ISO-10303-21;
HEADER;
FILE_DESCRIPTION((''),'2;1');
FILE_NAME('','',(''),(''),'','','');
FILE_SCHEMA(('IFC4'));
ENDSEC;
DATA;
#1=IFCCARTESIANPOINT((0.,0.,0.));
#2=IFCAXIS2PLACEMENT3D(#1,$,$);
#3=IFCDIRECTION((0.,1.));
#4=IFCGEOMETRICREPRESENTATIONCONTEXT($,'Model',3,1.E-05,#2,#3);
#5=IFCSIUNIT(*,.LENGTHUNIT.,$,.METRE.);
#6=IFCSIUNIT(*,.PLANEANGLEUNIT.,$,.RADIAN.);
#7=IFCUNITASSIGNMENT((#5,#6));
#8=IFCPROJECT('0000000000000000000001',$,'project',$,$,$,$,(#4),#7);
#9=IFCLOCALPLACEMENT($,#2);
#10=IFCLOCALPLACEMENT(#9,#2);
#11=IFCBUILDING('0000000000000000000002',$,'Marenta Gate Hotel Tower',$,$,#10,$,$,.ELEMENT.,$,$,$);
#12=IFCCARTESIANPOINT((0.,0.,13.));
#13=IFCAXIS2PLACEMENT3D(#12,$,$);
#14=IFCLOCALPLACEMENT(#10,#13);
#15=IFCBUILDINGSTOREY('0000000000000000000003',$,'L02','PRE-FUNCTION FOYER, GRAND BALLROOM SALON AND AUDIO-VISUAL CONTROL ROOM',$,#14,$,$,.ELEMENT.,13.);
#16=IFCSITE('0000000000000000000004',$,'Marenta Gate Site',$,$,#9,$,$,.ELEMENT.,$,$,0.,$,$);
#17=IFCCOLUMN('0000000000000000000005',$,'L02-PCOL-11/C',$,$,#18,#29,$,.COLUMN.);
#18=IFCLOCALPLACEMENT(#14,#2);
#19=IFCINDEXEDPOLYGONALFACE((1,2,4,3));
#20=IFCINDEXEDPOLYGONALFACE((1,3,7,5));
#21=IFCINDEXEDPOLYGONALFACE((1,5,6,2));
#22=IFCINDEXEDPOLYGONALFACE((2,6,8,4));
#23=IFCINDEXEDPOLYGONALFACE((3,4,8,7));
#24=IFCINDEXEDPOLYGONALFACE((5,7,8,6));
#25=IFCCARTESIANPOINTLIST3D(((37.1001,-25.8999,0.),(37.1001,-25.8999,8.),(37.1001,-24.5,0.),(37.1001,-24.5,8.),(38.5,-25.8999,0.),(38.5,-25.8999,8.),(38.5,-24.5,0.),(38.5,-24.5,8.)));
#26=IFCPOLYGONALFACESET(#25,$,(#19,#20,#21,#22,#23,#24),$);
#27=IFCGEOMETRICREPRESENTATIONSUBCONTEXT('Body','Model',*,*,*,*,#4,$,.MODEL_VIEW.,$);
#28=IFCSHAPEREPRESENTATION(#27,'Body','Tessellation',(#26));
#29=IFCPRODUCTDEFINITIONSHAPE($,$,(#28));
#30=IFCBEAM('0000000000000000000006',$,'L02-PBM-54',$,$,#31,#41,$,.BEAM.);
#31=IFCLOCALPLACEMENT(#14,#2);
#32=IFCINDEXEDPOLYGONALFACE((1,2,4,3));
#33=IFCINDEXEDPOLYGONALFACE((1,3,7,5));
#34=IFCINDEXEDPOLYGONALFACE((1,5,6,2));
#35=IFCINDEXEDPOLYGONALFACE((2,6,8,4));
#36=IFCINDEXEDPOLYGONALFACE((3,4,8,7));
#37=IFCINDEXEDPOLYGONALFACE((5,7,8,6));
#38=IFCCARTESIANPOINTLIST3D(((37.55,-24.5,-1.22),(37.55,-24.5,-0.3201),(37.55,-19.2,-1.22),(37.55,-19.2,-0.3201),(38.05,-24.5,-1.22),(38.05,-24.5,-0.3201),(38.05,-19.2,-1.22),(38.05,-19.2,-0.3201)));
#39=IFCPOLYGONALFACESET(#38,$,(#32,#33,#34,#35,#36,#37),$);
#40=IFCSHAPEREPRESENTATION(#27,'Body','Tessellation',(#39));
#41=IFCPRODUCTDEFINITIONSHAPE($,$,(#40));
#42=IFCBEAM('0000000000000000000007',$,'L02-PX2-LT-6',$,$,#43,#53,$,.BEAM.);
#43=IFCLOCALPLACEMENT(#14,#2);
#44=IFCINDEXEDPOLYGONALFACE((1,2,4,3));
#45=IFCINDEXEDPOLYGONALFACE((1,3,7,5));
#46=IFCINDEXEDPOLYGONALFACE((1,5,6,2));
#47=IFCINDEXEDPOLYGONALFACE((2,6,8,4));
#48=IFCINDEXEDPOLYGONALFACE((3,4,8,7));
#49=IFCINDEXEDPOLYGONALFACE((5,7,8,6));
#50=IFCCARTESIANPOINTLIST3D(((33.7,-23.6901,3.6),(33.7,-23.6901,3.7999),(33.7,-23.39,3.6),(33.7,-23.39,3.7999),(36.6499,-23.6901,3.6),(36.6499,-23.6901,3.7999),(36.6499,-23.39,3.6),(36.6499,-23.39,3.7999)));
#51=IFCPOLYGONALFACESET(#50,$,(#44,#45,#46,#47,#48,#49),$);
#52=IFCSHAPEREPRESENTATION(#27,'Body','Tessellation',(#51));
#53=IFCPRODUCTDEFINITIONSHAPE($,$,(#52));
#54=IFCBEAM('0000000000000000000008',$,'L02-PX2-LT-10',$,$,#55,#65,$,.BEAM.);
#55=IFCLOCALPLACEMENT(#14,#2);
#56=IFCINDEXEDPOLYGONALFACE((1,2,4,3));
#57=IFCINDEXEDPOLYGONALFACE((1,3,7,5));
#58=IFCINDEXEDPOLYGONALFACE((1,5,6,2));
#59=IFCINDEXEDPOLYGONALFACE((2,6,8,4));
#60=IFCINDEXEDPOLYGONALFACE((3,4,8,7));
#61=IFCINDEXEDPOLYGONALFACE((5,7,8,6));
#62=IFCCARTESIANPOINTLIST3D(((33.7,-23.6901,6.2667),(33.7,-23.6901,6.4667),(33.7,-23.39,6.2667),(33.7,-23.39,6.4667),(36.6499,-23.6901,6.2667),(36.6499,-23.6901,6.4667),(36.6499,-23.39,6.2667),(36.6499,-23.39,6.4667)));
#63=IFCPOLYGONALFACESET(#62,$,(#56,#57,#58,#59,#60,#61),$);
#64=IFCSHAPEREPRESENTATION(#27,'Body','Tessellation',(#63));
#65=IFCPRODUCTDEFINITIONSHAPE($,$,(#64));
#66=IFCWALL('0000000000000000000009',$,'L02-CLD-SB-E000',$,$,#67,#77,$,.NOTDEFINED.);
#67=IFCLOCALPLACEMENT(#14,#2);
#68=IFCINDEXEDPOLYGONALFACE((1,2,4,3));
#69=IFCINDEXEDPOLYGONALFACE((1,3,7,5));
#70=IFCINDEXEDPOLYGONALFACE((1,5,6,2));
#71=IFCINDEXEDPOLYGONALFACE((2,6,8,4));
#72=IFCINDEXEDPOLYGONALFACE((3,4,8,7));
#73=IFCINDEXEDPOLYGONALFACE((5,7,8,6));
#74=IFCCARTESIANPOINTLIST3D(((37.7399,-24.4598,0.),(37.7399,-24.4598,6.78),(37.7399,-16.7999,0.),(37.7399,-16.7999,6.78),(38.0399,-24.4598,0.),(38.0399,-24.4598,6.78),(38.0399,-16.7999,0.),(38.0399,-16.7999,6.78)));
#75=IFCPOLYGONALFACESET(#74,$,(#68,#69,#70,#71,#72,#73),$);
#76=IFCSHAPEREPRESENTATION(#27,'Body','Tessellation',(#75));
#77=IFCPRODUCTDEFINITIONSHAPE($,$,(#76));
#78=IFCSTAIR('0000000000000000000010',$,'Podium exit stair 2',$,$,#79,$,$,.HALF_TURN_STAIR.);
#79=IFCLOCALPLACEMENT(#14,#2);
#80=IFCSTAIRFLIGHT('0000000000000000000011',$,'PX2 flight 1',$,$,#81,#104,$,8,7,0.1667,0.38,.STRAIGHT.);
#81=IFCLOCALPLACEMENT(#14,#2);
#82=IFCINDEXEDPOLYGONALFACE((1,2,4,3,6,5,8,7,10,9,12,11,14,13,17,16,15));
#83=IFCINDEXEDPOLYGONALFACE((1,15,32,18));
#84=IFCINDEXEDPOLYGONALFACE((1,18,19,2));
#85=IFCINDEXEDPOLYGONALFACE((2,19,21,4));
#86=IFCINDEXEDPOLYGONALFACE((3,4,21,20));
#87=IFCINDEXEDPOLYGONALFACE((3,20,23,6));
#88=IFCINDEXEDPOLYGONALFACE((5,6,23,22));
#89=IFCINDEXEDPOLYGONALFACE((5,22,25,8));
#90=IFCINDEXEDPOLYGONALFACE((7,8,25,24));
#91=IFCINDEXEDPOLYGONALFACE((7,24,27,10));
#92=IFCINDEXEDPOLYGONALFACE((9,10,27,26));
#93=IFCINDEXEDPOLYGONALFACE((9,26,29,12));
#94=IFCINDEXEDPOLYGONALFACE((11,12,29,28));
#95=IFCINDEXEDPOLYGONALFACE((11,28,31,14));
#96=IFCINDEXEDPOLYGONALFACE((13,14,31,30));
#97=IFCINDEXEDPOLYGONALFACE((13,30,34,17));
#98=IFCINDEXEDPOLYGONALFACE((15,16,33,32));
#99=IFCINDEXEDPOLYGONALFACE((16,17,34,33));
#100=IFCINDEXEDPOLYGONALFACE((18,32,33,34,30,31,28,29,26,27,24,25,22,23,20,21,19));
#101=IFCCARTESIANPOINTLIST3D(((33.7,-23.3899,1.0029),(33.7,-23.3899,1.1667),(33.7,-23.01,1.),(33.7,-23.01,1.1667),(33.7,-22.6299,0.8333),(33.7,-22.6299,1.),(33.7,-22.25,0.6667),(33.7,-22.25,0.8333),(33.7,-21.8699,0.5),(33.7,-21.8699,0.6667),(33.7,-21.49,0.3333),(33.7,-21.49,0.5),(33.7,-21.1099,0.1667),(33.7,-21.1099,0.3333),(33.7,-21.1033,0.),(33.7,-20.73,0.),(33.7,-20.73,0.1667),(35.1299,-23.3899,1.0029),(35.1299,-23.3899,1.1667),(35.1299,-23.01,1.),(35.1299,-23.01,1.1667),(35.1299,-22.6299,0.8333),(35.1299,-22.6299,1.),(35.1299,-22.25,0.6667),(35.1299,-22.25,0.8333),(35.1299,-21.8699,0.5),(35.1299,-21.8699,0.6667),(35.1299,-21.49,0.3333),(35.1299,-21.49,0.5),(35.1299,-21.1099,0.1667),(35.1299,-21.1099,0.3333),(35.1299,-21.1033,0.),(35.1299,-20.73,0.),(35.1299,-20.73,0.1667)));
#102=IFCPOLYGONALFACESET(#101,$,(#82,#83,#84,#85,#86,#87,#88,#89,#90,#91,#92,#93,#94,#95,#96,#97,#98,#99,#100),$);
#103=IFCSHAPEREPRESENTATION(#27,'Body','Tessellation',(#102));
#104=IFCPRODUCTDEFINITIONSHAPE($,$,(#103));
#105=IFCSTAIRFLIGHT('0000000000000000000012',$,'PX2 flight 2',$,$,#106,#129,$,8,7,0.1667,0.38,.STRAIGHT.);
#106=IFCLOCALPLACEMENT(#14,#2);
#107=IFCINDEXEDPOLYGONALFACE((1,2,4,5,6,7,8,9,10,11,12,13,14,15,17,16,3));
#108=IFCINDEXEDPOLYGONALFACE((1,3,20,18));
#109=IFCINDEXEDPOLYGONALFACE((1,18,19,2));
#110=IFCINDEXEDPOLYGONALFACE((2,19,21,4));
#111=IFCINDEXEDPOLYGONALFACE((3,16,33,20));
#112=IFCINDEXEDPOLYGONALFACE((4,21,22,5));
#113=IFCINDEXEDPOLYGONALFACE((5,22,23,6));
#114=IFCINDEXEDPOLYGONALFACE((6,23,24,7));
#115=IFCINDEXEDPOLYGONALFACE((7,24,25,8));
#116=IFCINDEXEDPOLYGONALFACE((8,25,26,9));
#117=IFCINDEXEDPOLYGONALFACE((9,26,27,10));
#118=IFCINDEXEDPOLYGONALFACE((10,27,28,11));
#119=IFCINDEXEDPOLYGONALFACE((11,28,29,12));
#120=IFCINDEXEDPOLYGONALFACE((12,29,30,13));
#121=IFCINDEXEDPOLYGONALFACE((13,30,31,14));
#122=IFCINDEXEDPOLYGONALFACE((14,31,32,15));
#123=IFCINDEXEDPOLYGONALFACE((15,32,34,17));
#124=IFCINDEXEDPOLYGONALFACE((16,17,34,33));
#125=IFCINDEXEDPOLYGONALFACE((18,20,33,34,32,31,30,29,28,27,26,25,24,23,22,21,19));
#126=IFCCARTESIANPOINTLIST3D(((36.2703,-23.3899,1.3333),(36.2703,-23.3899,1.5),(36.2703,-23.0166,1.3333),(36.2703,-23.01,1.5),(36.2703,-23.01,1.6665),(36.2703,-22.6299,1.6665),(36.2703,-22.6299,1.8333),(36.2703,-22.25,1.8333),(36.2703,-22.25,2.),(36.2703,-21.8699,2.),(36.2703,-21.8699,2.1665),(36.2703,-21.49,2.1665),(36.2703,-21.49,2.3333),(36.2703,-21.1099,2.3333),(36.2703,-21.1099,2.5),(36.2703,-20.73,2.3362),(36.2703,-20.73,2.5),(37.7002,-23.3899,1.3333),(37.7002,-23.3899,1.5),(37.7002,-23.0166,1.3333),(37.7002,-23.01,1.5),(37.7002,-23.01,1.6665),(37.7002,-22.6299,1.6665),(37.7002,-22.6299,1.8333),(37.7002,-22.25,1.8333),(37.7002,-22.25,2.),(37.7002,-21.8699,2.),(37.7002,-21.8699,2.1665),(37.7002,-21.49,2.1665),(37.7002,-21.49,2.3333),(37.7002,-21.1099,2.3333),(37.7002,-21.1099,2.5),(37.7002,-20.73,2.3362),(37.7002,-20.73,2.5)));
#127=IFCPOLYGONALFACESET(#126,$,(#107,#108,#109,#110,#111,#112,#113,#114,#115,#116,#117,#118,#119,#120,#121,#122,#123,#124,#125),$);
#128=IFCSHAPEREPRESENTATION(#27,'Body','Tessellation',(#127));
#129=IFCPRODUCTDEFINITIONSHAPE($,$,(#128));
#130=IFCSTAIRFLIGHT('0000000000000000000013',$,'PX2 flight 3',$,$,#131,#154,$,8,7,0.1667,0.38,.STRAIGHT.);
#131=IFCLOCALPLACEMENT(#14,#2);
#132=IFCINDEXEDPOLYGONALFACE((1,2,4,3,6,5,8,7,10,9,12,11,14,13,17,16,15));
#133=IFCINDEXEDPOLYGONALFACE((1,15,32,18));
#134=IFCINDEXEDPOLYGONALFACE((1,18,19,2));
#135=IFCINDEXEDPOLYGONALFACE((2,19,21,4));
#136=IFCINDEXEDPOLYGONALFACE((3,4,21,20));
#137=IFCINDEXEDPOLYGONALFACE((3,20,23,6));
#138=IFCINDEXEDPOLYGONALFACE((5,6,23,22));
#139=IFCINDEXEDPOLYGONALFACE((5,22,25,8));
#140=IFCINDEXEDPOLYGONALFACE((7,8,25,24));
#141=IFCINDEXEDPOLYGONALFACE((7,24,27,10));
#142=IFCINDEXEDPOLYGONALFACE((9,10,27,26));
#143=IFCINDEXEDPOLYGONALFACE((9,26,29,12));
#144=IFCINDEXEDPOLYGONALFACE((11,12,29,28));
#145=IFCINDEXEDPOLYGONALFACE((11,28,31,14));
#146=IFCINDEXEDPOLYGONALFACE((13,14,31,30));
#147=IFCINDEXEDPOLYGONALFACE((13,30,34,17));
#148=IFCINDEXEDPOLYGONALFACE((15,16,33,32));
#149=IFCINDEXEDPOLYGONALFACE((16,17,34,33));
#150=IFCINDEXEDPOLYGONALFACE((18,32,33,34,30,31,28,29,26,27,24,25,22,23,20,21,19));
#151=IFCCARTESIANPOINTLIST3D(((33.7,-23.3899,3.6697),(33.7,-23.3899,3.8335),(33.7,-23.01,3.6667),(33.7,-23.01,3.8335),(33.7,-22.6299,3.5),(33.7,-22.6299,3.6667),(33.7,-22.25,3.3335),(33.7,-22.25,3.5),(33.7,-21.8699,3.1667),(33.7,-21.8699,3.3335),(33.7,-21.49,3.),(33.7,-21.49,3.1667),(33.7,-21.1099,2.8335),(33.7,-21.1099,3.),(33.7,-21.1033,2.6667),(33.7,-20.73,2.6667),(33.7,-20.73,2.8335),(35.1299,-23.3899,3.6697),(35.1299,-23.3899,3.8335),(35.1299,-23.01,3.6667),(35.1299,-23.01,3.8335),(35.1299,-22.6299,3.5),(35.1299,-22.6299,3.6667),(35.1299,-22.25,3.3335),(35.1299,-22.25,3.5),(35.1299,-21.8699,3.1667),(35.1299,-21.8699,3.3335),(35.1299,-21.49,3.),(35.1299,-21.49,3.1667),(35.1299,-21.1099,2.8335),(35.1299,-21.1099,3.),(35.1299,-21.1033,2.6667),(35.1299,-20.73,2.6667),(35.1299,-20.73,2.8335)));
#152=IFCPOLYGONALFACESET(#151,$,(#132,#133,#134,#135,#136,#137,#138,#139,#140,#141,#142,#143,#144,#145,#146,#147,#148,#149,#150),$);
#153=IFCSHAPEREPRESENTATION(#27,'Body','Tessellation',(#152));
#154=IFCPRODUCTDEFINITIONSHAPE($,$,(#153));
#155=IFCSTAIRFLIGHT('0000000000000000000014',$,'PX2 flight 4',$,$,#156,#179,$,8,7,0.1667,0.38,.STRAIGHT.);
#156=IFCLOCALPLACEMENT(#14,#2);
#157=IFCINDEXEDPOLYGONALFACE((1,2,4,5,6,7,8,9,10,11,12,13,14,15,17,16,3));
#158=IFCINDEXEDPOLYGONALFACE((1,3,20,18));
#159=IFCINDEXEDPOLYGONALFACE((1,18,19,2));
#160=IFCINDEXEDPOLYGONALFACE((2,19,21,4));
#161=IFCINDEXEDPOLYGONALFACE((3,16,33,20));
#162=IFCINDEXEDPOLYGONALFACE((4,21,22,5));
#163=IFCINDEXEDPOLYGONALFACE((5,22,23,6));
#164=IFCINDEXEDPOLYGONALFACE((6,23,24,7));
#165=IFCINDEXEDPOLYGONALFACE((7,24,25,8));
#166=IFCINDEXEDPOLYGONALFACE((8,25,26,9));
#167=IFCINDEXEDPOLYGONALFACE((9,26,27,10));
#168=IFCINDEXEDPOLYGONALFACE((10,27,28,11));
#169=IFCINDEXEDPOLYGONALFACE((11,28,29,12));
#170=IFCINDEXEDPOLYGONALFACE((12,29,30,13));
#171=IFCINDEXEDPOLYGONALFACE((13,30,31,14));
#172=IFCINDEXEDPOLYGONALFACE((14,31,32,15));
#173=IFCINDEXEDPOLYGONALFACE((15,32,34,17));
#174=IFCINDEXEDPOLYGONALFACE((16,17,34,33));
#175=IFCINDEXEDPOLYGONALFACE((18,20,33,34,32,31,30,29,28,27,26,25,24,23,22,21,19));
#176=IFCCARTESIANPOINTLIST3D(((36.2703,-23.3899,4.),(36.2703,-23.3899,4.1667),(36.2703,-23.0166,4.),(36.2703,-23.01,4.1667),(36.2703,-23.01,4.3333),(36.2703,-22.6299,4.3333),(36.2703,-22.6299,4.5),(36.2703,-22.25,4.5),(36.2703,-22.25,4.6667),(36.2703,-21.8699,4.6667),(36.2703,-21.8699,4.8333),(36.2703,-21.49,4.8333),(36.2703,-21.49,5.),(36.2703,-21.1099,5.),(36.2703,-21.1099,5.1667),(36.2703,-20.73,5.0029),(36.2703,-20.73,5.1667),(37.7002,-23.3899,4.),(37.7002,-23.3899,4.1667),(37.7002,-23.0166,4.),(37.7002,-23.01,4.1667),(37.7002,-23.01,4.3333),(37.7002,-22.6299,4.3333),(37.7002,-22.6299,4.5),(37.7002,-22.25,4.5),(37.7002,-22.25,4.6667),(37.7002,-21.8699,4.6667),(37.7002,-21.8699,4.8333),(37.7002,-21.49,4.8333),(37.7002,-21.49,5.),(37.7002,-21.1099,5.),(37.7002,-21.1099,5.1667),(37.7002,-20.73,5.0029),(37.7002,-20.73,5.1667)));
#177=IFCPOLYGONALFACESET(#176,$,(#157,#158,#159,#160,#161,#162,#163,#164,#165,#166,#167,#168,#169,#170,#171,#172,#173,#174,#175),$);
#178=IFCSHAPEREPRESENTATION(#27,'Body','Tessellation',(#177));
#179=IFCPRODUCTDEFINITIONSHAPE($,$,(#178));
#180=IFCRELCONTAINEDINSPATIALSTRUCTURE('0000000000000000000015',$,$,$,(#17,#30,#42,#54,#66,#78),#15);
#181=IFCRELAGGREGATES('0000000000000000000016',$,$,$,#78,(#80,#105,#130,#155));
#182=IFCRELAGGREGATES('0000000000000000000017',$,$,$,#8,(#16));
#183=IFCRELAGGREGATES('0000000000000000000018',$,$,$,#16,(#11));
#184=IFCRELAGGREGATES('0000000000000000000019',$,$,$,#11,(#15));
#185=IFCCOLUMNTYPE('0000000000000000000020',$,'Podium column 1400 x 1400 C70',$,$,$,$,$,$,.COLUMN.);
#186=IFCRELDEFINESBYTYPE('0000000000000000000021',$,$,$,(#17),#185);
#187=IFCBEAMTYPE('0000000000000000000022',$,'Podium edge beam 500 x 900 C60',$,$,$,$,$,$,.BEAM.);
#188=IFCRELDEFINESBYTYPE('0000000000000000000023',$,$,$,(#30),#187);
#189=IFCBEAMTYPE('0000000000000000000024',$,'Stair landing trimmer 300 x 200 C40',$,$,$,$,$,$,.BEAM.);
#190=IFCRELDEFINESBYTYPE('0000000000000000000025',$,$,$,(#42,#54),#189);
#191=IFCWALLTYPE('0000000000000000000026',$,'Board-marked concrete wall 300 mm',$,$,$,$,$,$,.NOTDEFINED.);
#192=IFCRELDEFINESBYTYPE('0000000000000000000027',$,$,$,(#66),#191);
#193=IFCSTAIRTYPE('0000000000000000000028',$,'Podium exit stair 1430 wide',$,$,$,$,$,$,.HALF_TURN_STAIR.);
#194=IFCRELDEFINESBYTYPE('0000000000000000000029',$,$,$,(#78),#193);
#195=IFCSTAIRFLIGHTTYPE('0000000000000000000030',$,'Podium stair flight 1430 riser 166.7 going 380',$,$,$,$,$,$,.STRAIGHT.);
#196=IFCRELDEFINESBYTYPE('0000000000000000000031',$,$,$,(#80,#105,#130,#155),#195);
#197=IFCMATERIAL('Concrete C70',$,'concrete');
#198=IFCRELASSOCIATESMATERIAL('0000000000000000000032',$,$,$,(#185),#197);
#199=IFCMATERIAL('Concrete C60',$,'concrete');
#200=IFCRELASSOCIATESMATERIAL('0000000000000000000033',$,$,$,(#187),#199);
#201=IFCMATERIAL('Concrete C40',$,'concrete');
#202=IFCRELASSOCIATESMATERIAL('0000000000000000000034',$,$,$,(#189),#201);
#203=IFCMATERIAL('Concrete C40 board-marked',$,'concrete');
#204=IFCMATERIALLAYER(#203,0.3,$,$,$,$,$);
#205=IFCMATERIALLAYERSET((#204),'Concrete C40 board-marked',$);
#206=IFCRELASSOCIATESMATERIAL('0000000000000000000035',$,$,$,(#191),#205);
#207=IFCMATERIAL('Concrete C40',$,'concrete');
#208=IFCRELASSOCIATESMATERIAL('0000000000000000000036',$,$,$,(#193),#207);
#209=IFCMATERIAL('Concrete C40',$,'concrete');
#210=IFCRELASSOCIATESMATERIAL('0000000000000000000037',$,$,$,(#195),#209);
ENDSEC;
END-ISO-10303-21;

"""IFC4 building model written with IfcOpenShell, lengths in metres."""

from ifc_helpers import new_model, si_unit, direction, frame, frame_2d, origin, origin_2d, place, context, subcontext, project, spatial, polyline, rectangle, outline, extrude, material, layer, layer_set, material_profile, profile_set, type_object, element, aggregate, save


model = new_model("IFC4")

# Units and contexts
model_context = context("Model", 3, precision=1e-05, world=origin(), true_north=direction((0.0, 1.0)))
body_context = subcontext(model_context, "Body", "Model", "MODEL_VIEW")
ifc_project = project(units=[si_unit("LENGTHUNIT", "METRE"), si_unit("PLANEANGLEUNIT", "RADIAN")], contexts=[model_context])

# Site, building, storey
site_placement = place(None, origin())
site = spatial("IfcSite", under=ifc_project, at=site_placement, Name="Marenta Gate Site", CompositionType="ELEMENT", RefElevation=0.0)
building_placement = place(site_placement, origin())
building = spatial("IfcBuilding", under=site, at=building_placement, Name="Marenta Gate Hotel Tower", CompositionType="ELEMENT")
storey_placement = place(building_placement, frame((0.0, 0.0, 13.0)))
storey = spatial("IfcBuildingStorey", under=building, at=storey_placement, Name="L02", Description="PRE-FUNCTION FOYER, GRAND BALLROOM SALON AND AUDIO-VISUAL CONTROL ROOM", CompositionType="ELEMENT", Elevation=13.0)

# Column
ifc_material_1 = material(Name="Concrete C70", Category="concrete")
ifc_material_profile_1 = material_profile(ifc_material_1, rectangle(XDim=1.3999, YDim=1.3999, at=origin_2d()), Name="1400 x 1400")
ifc_profile_set_1 = profile_set([ifc_material_profile_1], Name="Concrete C70")
column_type = type_object("IfcColumnType", Name="Podium column 1400 x 1400 C70", PredefinedType="COLUMN", material=ifc_profile_set_1)
column_placement = place(storey_placement, frame((37.8, -25.2, 0.0), z_axis=(0.0, 0.0, 1.0), x_axis=(1.0, 0.0, 0.0)))
element("IfcColumn", 1, at=column_placement, inside=storey, type_object=column_type, Name="L02-PCOL-11/C", PredefinedType="COLUMN", context=body_context, shape_type="SweptSolid", body=[
    extrude(rectangle(XDim=1.3999, YDim=1.3999, at=origin_2d()), origin(), (0.0, 0.0, 1.0), 8.0),
])

# Beams
ifc_material_2 = material(Name="Concrete C60", Category="concrete")
ifc_material_profile_2 = material_profile(ifc_material_2, rectangle(XDim=0.5, YDim=0.8999, at=origin_2d()), Name="500 x 900")
ifc_profile_set_2 = profile_set([ifc_material_profile_2], Name="Concrete C60")
beam_type_1 = type_object("IfcBeamType", Name="Podium edge beam 500 x 900 C60", PredefinedType="BEAM", material=ifc_profile_set_2)
beam_placement = place(storey_placement, frame((37.8, -24.5, -0.77), z_axis=(0.0, 1.0, 0.0), x_axis=(-1.0, 0.0, 0.0)))
element("IfcBeam", 2, at=beam_placement, inside=storey, type_object=beam_type_1, Name="L02-PBM-54", PredefinedType="BEAM", context=body_context, shape_type="SweptSolid", body=[
    extrude(rectangle(XDim=0.5, YDim=0.8999, at=origin_2d()), origin(), (0.0, 0.0, 1.0), 5.3),
])
ifc_material_3 = material(Name="Concrete C40", Category="concrete")
ifc_material_profile_3 = material_profile(ifc_material_3, rectangle(XDim=0.3, YDim=0.2, at=origin_2d()), Name="300 x 200")
ifc_profile_set_3 = profile_set([ifc_material_profile_3], Name="Concrete C40")
beam_type_2 = type_object("IfcBeamType", Name="Stair landing trimmer 300 x 200 C40", PredefinedType="BEAM", material=ifc_profile_set_3)
for number, where, z_axis, x_axis, name in (
    (3, (33.7, -23.54, 3.7), (1.0, 0.0, 0.0), (0.0, 1.0, 0.0), "L02-PX2-LT-6"),
    (4, (33.7, -23.54, 6.3667), (1.0, 0.0, 0.0), (0.0, 1.0, 0.0), "L02-PX2-LT-10"),
):
    element("IfcBeam", number, at=place(storey_placement, frame(where, z_axis=z_axis, x_axis=x_axis)), inside=storey, type_object=beam_type_2, Name=name, PredefinedType="BEAM", context=body_context, shape_type="SweptSolid", body=[
        extrude(rectangle(XDim=0.3, YDim=0.2, at=origin_2d()), origin(), (0.0, 0.0, 1.0), 2.95),
    ])

# Wall
ifc_material_4 = material(Name="Concrete C40 board-marked", Category="concrete")
ifc_layer = layer(ifc_material_4, 0.3)
ifc_layer_set = layer_set([ifc_layer], Name="Concrete C40 board-marked")
wall_type = type_object("IfcWallType", Name="Board-marked concrete wall 300 mm", PredefinedType="NOTDEFINED", material=ifc_layer_set)
wall_placement = place(storey_placement, frame((37.8899, -24.46, 0.0), z_axis=(0.0, 0.0, 1.0), x_axis=(0.0, 1.0, 0.0)))
element("IfcWall", 5, at=wall_placement, inside=storey, type_object=wall_type, Name="L02-CLD-SB-E000", PredefinedType="NOTDEFINED", context=body_context, shape_type="SweptSolid", body=[
    extrude(rectangle(XDim=7.6599, YDim=0.3, at=frame_2d((3.8301, 0.0))), origin(), (0.0, 0.0, 1.0), 6.78),
])

# Stair, stair flights
ifc_material_5 = material(Name="Concrete C40", Category="concrete")
stair_type = type_object("IfcStairType", Name="Podium exit stair 1430 wide", PredefinedType="HALF_TURN_STAIR", material=ifc_material_5)
stair_placement = place(storey_placement, origin())
stair = element("IfcStair", 6, at=stair_placement, inside=storey, type_object=stair_type, Name="Podium exit stair 2", PredefinedType="HALF_TURN_STAIR")
ifc_material_6 = material(Name="Concrete C40", Category="concrete")
stair_flight_type = type_object("IfcStairFlightType", Name="Podium stair flight 1430 riser 166.7 going 380", PredefinedType="STRAIGHT", material=ifc_material_6)
stair_flight_1_placement = place(storey_placement, frame((34.415, -20.73, 0.0), z_axis=(0.0, 0.0, 1.0), x_axis=(0.0, -1.0, 0.0)))
stair_flight_1 = element("IfcStairFlight", 7, at=stair_flight_1_placement, type_object=stair_flight_type, Name="PX2 flight 1", NumberOfRisers=8, NumberOfTreads=7, PredefinedType="STRAIGHT", RiserHeight=0.1667, TreadLength=0.38, context=body_context, shape_type="SweptSolid", body=[
    extrude(outline(polyline([(0.0, 0.0), (0.0, 0.1667), (0.3799, 0.1667), (0.3799, 0.3333), (0.76, 0.3333), (0.76, 0.5), (1.1399, 0.5), (1.1399, 0.6667), (1.52, 0.6667), (1.52, 0.8333), (1.8999, 0.8333), (1.8999, 1.0), (2.28, 1.0), (2.28, 1.1667), (2.6599, 1.1667), (2.6599, 1.3333), (2.6599, 1.0029), (0.3733, 0.0), (0.0, 0.0)])), frame((0.0, 0.7148, 0.0), z_axis=(0.0, -1.0, 0.0), x_axis=(1.0, 0.0, 0.0)), (0.0, 0.0, 1.0), 1.4299),
])
stair_flight_2_placement = place(storey_placement, frame((36.9851, -23.3899, 1.3333), z_axis=(0.0, 0.0, 1.0), x_axis=(0.0, 1.0, 0.0)))
stair_flight_2 = element("IfcStairFlight", 8, at=stair_flight_2_placement, type_object=stair_flight_type, Name="PX2 flight 2", NumberOfRisers=8, NumberOfTreads=7, PredefinedType="STRAIGHT", RiserHeight=0.1667, TreadLength=0.38, context=body_context, shape_type="SweptSolid", body=[
    extrude(outline(polyline([(0.0, 0.0), (0.0, 0.1667), (0.3799, 0.1667), (0.3799, 0.3333), (0.76, 0.3333), (0.76, 0.5), (1.1399, 0.5), (1.1399, 0.6667), (1.52, 0.6667), (1.52, 0.8333), (1.8999, 0.8333), (1.8999, 1.0), (2.28, 1.0), (2.28, 1.1667), (2.6599, 1.1667), (2.6599, 1.3333), (2.6599, 1.0029), (0.3733, 0.0), (0.0, 0.0)])), frame((0.0, 0.7148, 0.0), z_axis=(0.0, -1.0, 0.0), x_axis=(1.0, 0.0, 0.0)), (0.0, 0.0, 1.0), 1.4299),
])
stair_flight_3_placement = place(storey_placement, frame((34.415, -20.73, 2.6667), z_axis=(0.0, 0.0, 1.0), x_axis=(0.0, -1.0, 0.0)))
stair_flight_3 = element("IfcStairFlight", 9, at=stair_flight_3_placement, type_object=stair_flight_type, Name="PX2 flight 3", NumberOfRisers=8, NumberOfTreads=7, PredefinedType="STRAIGHT", RiserHeight=0.1667, TreadLength=0.38, context=body_context, shape_type="SweptSolid", body=[
    extrude(outline(polyline([(0.0, 0.0), (0.0, 0.1667), (0.3799, 0.1667), (0.3799, 0.3333), (0.76, 0.3333), (0.76, 0.5), (1.1399, 0.5), (1.1399, 0.6667), (1.52, 0.6667), (1.52, 0.8333), (1.8999, 0.8333), (1.8999, 1.0), (2.28, 1.0), (2.28, 1.1667), (2.6599, 1.1667), (2.6599, 1.3333), (2.6599, 1.0029), (0.3733, 0.0), (0.0, 0.0)])), frame((0.0, 0.7148, 0.0), z_axis=(0.0, -1.0, 0.0), x_axis=(1.0, 0.0, 0.0)), (0.0, 0.0, 1.0), 1.4299),
])
stair_flight_4_placement = place(storey_placement, frame((36.9851, -23.3899, 4.0), z_axis=(0.0, 0.0, 1.0), x_axis=(0.0, 1.0, 0.0)))
stair_flight_4 = element("IfcStairFlight", 10, at=stair_flight_4_placement, type_object=stair_flight_type, Name="PX2 flight 4", NumberOfRisers=8, NumberOfTreads=7, PredefinedType="STRAIGHT", RiserHeight=0.1667, TreadLength=0.38, context=body_context, shape_type="SweptSolid", body=[
    extrude(outline(polyline([(0.0, 0.0), (0.0, 0.1667), (0.3799, 0.1667), (0.3799, 0.3333), (0.76, 0.3333), (0.76, 0.5), (1.1399, 0.5), (1.1399, 0.6667), (1.52, 0.6667), (1.52, 0.8333), (1.8999, 0.8333), (1.8999, 1.0), (2.28, 1.0), (2.28, 1.1667), (2.6599, 1.1667), (2.6599, 1.3333), (2.6599, 1.0029), (0.3733, 0.0), (0.0, 0.0)])), frame((0.0, 0.7148, 0.0), z_axis=(0.0, -1.0, 0.0), x_axis=(1.0, 0.0, 0.0)), (0.0, 0.0, 1.0), 1.4299),
])
aggregate(stair, [stair_flight_1, stair_flight_2, stair_flight_3, stair_flight_4])

save(model, "model.ifc")
